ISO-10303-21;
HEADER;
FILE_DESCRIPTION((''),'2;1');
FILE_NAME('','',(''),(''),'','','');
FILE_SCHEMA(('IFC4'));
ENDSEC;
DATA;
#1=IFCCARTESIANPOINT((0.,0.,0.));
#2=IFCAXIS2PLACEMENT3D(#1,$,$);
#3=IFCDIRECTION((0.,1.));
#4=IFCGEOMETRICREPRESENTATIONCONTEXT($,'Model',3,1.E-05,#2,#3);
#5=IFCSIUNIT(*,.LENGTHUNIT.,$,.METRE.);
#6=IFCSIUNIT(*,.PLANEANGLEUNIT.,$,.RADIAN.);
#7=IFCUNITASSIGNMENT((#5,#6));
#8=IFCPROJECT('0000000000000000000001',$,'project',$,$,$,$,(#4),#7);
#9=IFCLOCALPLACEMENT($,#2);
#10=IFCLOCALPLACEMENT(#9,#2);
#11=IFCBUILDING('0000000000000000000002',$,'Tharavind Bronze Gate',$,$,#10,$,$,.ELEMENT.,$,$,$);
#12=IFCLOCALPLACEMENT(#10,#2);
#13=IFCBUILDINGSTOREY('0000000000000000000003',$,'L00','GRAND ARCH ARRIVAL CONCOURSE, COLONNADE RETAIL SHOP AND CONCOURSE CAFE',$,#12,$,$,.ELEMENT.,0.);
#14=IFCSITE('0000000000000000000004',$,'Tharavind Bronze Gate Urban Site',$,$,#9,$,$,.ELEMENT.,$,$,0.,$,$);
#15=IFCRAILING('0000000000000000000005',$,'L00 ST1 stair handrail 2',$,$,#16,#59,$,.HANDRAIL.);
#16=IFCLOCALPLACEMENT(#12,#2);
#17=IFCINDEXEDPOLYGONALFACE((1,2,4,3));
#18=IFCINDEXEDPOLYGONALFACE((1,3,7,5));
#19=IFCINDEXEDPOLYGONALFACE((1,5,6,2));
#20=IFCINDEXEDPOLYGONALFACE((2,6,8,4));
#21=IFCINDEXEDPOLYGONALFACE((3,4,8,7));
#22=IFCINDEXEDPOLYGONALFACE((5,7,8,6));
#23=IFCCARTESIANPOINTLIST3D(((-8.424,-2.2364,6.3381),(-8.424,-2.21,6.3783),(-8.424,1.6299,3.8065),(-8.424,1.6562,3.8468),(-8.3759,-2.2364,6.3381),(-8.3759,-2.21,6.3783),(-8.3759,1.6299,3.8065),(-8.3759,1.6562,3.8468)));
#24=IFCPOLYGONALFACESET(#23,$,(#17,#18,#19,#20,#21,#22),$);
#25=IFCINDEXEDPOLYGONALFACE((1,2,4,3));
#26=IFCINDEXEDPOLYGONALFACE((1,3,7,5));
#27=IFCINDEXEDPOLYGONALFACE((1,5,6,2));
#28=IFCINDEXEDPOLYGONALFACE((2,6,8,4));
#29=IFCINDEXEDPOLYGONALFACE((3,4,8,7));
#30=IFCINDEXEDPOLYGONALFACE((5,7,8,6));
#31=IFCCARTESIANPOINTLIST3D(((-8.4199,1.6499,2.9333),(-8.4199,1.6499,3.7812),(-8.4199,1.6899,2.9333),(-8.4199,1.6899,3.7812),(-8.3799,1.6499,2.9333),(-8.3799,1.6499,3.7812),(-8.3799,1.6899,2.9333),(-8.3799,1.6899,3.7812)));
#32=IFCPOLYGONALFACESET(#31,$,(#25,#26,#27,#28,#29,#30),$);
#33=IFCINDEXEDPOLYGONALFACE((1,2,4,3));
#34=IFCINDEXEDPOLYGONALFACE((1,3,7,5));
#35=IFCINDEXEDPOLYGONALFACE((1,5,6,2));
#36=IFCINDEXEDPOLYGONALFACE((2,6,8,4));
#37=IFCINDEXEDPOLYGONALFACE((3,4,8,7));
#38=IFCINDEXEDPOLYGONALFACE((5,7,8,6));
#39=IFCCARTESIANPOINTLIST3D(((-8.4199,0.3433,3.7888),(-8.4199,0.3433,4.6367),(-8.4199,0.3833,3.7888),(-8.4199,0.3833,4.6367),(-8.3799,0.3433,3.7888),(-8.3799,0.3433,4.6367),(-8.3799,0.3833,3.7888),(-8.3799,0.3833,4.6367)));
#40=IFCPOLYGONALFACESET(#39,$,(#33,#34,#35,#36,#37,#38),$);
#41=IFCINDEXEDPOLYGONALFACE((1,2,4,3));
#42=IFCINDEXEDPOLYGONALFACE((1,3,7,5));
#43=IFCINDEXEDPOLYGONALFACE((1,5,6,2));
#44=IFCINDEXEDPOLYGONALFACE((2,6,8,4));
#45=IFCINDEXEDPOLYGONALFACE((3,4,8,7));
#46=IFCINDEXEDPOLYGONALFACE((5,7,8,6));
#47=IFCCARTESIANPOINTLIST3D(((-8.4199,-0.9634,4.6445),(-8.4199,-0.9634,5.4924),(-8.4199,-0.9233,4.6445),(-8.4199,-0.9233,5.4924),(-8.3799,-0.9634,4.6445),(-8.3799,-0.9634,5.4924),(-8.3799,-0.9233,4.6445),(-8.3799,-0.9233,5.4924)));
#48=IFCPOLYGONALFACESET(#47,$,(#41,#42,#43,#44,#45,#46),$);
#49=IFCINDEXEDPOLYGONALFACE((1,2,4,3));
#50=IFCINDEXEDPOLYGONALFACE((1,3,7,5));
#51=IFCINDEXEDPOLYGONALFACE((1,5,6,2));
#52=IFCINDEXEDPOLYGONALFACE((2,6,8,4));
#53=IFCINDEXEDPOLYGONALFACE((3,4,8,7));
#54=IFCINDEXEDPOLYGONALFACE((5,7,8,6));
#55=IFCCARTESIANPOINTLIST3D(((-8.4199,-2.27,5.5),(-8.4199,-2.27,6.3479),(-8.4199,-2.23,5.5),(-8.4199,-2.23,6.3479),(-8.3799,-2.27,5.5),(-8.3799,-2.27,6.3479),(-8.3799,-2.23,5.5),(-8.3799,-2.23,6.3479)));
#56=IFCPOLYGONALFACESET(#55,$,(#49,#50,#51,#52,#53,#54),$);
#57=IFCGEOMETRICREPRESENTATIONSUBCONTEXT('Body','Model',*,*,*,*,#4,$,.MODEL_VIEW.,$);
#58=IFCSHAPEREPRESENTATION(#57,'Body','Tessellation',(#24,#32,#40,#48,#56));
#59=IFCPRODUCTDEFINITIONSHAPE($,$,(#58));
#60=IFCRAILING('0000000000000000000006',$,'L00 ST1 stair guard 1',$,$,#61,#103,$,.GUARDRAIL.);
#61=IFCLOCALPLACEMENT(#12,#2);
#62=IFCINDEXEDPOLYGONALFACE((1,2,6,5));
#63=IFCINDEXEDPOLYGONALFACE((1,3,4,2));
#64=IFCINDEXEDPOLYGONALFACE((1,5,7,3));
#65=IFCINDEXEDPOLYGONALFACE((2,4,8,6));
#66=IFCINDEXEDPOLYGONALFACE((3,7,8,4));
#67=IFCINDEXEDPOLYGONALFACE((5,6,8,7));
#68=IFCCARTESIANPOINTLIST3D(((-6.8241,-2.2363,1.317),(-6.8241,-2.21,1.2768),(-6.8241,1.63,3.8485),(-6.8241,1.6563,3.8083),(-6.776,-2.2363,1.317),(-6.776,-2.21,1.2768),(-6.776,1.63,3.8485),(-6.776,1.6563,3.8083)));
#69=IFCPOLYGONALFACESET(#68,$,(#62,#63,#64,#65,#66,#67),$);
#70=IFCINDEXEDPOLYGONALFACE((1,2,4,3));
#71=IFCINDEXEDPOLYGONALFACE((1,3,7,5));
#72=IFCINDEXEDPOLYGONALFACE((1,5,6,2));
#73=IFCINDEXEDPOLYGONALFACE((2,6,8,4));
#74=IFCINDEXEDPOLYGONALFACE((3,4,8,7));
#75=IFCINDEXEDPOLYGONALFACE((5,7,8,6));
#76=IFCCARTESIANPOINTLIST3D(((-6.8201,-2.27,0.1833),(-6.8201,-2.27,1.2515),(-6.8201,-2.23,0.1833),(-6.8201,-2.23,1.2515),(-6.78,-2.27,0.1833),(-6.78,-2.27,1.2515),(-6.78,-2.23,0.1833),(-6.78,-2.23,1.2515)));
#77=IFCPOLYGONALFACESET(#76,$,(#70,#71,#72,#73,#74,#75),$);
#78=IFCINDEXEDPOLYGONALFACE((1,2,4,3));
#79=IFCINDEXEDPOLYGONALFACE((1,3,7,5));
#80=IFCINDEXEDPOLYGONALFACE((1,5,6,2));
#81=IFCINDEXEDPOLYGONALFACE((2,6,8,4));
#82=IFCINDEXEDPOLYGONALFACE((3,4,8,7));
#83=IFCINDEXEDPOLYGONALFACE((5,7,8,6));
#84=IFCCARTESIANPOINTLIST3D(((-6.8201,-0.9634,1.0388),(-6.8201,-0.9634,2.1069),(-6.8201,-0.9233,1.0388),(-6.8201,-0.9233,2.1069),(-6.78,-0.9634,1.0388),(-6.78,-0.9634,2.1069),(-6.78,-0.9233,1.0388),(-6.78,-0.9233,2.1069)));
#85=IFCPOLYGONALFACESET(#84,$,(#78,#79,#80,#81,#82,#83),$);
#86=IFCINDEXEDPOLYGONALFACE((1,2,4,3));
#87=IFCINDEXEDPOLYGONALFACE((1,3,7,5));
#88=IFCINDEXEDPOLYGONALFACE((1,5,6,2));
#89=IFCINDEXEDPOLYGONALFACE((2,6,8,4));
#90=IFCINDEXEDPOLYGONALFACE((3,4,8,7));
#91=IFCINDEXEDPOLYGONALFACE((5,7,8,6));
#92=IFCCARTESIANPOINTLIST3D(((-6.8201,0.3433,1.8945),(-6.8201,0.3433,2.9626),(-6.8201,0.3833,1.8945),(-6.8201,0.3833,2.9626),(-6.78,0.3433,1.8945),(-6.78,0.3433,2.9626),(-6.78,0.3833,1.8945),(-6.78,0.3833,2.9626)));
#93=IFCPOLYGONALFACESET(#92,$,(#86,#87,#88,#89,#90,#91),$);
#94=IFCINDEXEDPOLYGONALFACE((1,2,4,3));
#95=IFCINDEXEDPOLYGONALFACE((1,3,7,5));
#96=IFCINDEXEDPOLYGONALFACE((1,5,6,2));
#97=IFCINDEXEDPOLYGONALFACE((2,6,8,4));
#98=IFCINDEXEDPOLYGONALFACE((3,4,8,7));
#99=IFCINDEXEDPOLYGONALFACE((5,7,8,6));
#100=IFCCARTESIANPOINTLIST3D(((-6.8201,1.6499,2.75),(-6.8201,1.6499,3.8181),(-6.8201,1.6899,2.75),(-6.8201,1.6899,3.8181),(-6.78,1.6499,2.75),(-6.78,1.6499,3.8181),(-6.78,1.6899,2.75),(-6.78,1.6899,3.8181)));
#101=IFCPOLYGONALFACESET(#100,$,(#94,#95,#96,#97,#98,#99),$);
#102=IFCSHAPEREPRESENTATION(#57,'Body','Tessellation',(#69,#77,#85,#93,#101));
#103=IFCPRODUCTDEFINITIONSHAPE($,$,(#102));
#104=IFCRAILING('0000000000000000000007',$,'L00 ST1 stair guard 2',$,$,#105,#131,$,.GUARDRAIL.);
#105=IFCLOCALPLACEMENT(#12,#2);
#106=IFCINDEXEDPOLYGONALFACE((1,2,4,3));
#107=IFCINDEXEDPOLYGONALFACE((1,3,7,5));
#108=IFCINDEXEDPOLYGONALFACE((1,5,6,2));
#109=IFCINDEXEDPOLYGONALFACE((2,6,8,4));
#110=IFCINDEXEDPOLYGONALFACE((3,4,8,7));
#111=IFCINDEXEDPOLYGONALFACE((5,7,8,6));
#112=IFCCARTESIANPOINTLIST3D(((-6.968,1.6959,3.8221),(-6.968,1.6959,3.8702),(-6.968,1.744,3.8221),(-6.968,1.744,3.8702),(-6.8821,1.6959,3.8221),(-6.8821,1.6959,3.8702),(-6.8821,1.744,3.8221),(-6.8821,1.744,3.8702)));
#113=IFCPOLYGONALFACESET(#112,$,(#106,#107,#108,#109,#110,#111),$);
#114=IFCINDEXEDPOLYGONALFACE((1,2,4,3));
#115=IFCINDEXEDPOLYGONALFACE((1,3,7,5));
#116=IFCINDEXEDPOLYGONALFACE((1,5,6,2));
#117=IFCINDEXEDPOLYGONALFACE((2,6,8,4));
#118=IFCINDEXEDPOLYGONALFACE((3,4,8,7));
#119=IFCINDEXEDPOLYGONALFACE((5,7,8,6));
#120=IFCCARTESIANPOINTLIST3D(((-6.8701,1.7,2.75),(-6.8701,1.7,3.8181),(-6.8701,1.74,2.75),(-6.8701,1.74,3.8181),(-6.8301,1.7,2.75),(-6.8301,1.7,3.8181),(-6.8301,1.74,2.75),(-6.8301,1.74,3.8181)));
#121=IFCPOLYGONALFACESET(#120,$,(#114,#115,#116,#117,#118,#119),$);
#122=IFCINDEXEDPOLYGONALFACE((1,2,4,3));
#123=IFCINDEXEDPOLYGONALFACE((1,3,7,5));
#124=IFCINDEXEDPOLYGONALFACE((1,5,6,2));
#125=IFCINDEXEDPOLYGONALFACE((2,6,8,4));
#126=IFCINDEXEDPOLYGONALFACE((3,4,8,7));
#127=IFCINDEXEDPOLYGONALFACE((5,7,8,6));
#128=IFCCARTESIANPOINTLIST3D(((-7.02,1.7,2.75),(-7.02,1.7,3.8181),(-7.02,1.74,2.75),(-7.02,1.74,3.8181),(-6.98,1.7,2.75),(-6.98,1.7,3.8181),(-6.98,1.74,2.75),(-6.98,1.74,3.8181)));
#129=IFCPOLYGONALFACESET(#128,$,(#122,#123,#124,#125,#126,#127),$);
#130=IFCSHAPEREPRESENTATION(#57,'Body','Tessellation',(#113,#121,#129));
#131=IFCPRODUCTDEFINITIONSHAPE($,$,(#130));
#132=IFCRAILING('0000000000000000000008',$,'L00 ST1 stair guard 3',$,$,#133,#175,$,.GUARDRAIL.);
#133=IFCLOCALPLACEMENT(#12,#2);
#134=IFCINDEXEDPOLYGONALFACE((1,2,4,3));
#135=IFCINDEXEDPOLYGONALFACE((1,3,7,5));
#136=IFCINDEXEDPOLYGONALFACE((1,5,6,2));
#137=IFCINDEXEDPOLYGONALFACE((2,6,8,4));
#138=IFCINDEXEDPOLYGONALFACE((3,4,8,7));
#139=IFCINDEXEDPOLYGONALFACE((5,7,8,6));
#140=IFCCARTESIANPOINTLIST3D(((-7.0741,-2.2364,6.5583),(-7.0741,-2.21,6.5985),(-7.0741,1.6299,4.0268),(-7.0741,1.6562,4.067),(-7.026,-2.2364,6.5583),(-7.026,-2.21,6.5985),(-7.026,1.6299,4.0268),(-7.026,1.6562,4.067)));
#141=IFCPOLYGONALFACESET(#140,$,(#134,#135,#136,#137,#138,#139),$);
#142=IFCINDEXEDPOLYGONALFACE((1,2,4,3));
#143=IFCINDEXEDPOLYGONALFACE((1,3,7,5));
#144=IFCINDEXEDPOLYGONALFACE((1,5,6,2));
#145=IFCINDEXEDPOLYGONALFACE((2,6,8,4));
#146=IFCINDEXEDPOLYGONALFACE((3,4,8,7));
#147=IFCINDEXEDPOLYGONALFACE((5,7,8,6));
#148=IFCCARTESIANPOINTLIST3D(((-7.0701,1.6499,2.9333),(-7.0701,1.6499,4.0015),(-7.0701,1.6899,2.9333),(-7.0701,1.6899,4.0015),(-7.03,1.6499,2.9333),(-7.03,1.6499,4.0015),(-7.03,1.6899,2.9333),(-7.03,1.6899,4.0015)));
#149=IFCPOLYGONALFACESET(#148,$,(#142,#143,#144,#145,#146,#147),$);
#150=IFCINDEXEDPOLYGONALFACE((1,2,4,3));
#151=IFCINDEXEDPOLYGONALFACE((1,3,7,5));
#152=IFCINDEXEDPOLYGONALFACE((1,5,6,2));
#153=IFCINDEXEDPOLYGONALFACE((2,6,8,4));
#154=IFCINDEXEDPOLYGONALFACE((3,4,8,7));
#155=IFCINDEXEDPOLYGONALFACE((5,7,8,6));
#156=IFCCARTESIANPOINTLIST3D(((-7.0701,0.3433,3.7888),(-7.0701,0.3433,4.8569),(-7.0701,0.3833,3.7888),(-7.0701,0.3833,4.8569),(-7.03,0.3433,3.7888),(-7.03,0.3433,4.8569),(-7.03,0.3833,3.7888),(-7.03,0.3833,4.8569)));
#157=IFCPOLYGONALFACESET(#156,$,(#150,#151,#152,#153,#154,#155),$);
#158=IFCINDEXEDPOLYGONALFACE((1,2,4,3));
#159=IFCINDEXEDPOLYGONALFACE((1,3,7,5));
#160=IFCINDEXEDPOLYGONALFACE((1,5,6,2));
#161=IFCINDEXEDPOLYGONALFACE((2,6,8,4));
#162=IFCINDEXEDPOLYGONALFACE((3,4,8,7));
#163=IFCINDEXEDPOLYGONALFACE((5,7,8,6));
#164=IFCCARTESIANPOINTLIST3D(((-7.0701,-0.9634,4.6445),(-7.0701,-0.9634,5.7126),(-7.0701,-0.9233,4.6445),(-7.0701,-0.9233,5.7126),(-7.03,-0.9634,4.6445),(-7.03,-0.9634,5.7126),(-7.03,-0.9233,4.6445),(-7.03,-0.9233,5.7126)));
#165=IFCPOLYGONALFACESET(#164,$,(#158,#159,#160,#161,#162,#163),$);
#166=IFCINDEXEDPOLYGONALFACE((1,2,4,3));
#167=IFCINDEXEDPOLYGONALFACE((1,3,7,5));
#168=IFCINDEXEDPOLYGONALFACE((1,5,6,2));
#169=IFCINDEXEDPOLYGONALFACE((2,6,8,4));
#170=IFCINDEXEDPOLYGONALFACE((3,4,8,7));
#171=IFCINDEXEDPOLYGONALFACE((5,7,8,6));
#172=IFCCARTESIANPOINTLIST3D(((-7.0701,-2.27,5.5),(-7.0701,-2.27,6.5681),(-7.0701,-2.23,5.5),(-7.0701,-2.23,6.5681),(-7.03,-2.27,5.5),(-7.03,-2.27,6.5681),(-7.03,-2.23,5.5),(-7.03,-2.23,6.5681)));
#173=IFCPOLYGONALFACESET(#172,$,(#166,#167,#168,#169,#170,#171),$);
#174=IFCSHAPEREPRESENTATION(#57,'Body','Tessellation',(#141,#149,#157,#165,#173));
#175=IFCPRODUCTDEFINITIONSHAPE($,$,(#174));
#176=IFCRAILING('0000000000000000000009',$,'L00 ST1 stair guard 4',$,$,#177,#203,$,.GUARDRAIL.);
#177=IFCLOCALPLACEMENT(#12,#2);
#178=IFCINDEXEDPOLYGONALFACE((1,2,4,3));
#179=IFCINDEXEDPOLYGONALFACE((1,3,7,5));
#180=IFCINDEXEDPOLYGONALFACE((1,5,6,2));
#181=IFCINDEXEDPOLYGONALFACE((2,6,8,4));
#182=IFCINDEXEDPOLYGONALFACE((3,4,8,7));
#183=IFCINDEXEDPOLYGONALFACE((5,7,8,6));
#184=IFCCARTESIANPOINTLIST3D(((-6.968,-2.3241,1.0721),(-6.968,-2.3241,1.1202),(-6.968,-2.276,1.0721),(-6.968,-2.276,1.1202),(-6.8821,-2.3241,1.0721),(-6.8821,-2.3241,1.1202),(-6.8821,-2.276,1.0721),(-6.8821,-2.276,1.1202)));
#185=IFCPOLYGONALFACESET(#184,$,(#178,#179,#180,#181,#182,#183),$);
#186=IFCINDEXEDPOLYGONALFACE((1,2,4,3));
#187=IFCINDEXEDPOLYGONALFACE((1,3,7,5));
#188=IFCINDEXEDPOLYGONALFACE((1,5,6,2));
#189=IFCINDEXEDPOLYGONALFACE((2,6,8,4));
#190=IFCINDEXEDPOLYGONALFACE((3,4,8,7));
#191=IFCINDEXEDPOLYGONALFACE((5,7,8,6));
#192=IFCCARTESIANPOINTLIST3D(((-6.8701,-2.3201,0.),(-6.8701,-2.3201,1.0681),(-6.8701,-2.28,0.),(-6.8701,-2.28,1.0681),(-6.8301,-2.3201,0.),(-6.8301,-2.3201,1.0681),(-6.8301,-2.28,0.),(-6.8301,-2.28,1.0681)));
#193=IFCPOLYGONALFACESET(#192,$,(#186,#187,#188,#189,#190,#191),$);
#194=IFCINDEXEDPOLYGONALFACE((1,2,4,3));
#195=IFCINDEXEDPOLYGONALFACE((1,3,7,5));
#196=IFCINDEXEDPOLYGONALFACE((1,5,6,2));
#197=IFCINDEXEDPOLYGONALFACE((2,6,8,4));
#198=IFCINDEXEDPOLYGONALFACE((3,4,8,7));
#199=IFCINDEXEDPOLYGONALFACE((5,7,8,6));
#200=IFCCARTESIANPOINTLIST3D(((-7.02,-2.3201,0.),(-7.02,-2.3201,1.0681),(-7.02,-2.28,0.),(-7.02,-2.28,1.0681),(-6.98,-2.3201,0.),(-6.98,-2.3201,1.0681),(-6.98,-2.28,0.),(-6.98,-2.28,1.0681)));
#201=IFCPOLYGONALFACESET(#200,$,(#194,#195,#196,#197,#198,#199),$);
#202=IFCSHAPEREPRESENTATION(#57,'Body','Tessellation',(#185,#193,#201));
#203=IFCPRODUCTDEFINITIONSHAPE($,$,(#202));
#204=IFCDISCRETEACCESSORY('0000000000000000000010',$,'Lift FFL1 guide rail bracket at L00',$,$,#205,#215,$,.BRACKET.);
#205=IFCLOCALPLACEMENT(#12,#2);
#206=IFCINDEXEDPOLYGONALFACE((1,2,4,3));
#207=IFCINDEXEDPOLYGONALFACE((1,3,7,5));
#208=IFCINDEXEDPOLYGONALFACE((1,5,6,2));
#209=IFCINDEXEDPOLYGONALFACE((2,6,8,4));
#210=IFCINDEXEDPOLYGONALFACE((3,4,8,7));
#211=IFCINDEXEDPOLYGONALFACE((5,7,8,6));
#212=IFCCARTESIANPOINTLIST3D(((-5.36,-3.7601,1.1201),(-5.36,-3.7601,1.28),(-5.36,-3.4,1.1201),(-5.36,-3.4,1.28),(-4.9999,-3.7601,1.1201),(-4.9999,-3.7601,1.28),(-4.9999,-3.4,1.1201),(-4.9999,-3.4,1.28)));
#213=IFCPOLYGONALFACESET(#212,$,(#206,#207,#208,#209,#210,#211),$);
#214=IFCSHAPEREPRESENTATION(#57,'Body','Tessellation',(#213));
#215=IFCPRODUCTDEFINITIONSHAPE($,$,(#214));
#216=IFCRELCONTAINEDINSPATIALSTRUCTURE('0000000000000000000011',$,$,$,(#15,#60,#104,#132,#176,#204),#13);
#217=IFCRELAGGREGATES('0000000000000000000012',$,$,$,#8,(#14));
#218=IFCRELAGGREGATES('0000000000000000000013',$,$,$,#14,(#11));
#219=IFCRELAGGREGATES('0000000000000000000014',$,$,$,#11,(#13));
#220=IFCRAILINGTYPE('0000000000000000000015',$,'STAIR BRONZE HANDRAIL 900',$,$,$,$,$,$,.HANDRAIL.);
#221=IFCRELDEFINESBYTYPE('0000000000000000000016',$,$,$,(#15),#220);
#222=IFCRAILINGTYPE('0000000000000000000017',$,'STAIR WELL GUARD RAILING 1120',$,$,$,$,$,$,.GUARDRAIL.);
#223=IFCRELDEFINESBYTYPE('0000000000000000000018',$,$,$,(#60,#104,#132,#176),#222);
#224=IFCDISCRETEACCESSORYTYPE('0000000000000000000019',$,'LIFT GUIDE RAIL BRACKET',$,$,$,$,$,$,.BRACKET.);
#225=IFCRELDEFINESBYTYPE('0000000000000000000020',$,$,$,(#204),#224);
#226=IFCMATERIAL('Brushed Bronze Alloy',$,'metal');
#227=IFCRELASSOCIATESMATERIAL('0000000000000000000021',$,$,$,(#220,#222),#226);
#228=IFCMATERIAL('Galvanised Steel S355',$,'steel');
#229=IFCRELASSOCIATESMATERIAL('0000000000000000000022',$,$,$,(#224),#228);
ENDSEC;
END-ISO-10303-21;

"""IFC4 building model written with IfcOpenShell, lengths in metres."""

from ifc_helpers import new_model, si_unit, direction, frame, origin, origin_2d, place, context, subcontext, project, spatial, rectangle, extrude, material, type_object, element, save


model = new_model("IFC4")

# Units and contexts
model_context = context("Model", 3, precision=1e-05, world=origin(), true_north=direction((0.0, 1.0)))
body_context = subcontext(model_context, "Body", "Model", "MODEL_VIEW")
ifc_project = project(units=[si_unit("LENGTHUNIT", "METRE"), si_unit("PLANEANGLEUNIT", "RADIAN")], contexts=[model_context])

# Site, building, storey
site_placement = place(None, origin())
site = spatial("IfcSite", under=ifc_project, at=site_placement, Name="Tharavind Bronze Gate Urban Site", CompositionType="ELEMENT", RefElevation=0.0)
building_placement = place(site_placement, origin())
building = spatial("IfcBuilding", under=site, at=building_placement, Name="Tharavind Bronze Gate", CompositionType="ELEMENT")
storey_placement = place(building_placement, origin())
storey = spatial("IfcBuildingStorey", under=building, at=storey_placement, Name="L00", Description="GRAND ARCH ARRIVAL CONCOURSE, COLONNADE RETAIL SHOP AND CONCOURSE CAFE", CompositionType="ELEMENT", Elevation=0.0)

# Railings
ifc_material_1 = material(Name="Brushed Bronze Alloy", Category="metal")
railing_type_1 = type_object("IfcRailingType", Name="STAIR BRONZE HANDRAIL 900", PredefinedType="HANDRAIL", material=ifc_material_1)
railing_1_placement = place(storey_placement, frame((-8.3999, 1.6699, 2.9333)))
element("IfcRailing", 1, at=railing_1_placement, inside=storey, type_object=railing_type_1, Name="L00 ST1 stair handrail 2", PredefinedType="HANDRAIL", context=body_context, shape_type="SweptSolid", body=[
    extrude(rectangle(XDim=0.0481, YDim=0.0481, at=origin_2d()), frame((0.0, -0.0269, 0.8933), z_axis=(0.0, -0.836615, 0.547791), x_axis=(1.0, 0.0, 0.0)), (0.0, 0.0, 1.0), 4.6213),
    extrude(rectangle(XDim=0.04, YDim=0.04, at=origin_2d()), origin(), (0.0, 0.0, 1.0), 0.8479),
    extrude(rectangle(XDim=0.04, YDim=0.04, at=origin_2d()), frame((0.0, -1.3066, 0.8555)), (0.0, 0.0, 1.0), 0.8479),
    extrude(rectangle(XDim=0.04, YDim=0.04, at=origin_2d()), frame((0.0, -2.6133, 1.7112)), (0.0, 0.0, 1.0), 0.8479),
    extrude(rectangle(XDim=0.04, YDim=0.04, at=origin_2d()), frame((0.0, -3.9199, 2.5667)), (0.0, 0.0, 1.0), 0.8479),
])
railing_type_2 = type_object("IfcRailingType", Name="STAIR WELL GUARD RAILING 1120", PredefinedType="GUARDRAIL", material=ifc_material_1)
railing_2_placement = place(storey_placement, frame((-6.8, -2.25, 0.1833)))
element("IfcRailing", 2, at=railing_2_placement, inside=storey, type_object=railing_type_2, Name="L00 ST1 stair guard 1", PredefinedType="GUARDRAIL", context=body_context, shape_type="SweptSolid", body=[
    extrude(rectangle(XDim=0.0481, YDim=0.0481, at=origin_2d()), frame((0.0, 0.0269, 1.1135), z_axis=(0.0, 0.836615, 0.547791), x_axis=(-1.0, 0.0, 0.0)), (0.0, 0.0, 1.0), 4.6213),
    extrude(rectangle(XDim=0.04, YDim=0.04, at=origin_2d()), origin(), (0.0, 0.0, 1.0), 1.0681),
    extrude(rectangle(XDim=0.04, YDim=0.04, at=origin_2d()), frame((0.0, 1.3066, 0.8555)), (0.0, 0.0, 1.0), 1.0681),
    extrude(rectangle(XDim=0.04, YDim=0.04, at=origin_2d()), frame((0.0, 2.6133, 1.7112)), (0.0, 0.0, 1.0), 1.0681),
    extrude(rectangle(XDim=0.04, YDim=0.04, at=origin_2d()), frame((0.0, 3.9199, 2.5667)), (0.0, 0.0, 1.0), 1.0681),
])
railing_3_placement = place(storey_placement, frame((-6.8501, 1.72, 2.75)))
element("IfcRailing", 3, at=railing_3_placement, inside=storey, type_object=railing_type_2, Name="L00 ST1 stair guard 2", PredefinedType="GUARDRAIL", context=body_context, shape_type="SweptSolid", body=[
    extrude(rectangle(XDim=0.0481, YDim=0.0481, at=origin_2d()), frame((-0.032, 0.0, 1.0962), z_axis=(-1.0, 0.0, 0.0), x_axis=(0.0, -1.0, 0.0)), (0.0, 0.0, 1.0), 0.0859),
    extrude(rectangle(XDim=0.04, YDim=0.04, at=origin_2d()), origin(), (0.0, 0.0, 1.0), 1.0681),
    extrude(rectangle(XDim=0.04, YDim=0.04, at=origin_2d()), frame((-0.1499, 0.0, 0.0)), (0.0, 0.0, 1.0), 1.0681),
])
railing_4_placement = place(storey_placement, frame((-7.05, 1.6699, 2.9333)))
element("IfcRailing", 4, at=railing_4_placement, inside=storey, type_object=railing_type_2, Name="L00 ST1 stair guard 3", PredefinedType="GUARDRAIL", context=body_context, shape_type="SweptSolid", body=[
    extrude(rectangle(XDim=0.0481, YDim=0.0481, at=origin_2d()), frame((0.0, -0.0269, 1.1135), z_axis=(0.0, -0.836615, 0.547791), x_axis=(1.0, 0.0, 0.0)), (0.0, 0.0, 1.0), 4.6213),
    extrude(rectangle(XDim=0.04, YDim=0.04, at=origin_2d()), origin(), (0.0, 0.0, 1.0), 1.0681),
    extrude(rectangle(XDim=0.04, YDim=0.04, at=origin_2d()), frame((0.0, -1.3066, 0.8555)), (0.0, 0.0, 1.0), 1.0681),
    extrude(rectangle(XDim=0.04, YDim=0.04, at=origin_2d()), frame((0.0, -2.6133, 1.7112)), (0.0, 0.0, 1.0), 1.0681),
    extrude(rectangle(XDim=0.04, YDim=0.04, at=origin_2d()), frame((0.0, -3.9199, 2.5667)), (0.0, 0.0, 1.0), 1.0681),
])
railing_5_placement = place(storey_placement, frame((-6.8501, -2.3, 0.0)))
element("IfcRailing", 5, at=railing_5_placement, inside=storey, type_object=railing_type_2, Name="L00 ST1 stair guard 4", PredefinedType="GUARDRAIL", context=body_context, shape_type="SweptSolid", body=[
    extrude(rectangle(XDim=0.0481, YDim=0.0481, at=origin_2d()), frame((-0.032, 0.0, 1.0962), z_axis=(-1.0, 0.0, 0.0), x_axis=(0.0, -1.0, 0.0)), (0.0, 0.0, 1.0), 0.0859),
    extrude(rectangle(XDim=0.04, YDim=0.04, at=origin_2d()), origin(), (0.0, 0.0, 1.0), 1.0681),
    extrude(rectangle(XDim=0.04, YDim=0.04, at=origin_2d()), frame((-0.1499, 0.0, 0.0)), (0.0, 0.0, 1.0), 1.0681),
])

# Discrete accessory
ifc_material_2 = material(Name="Galvanised Steel S355", Category="steel")
discrete_accessory_type = type_object("IfcDiscreteAccessoryType", Name="LIFT GUIDE RAIL BRACKET", PredefinedType="BRACKET", material=ifc_material_2)
discrete_accessory_placement = place(storey_placement, frame((-5.1799, -3.5801, 1.1201), z_axis=(0.0, 0.0, 1.0), x_axis=(1.0, 0.0, 0.0)))
element("IfcDiscreteAccessory", 6, at=discrete_accessory_placement, inside=storey, type_object=discrete_accessory_type, Name="Lift FFL1 guide rail bracket at L00", PredefinedType="BRACKET", context=body_context, shape_type="SweptSolid", body=[
    extrude(rectangle(XDim=0.3601, YDim=0.3601, at=origin_2d()), origin(), (0.0, 0.0, 1.0), 0.1599),
])

save(model, "model.ifc")
